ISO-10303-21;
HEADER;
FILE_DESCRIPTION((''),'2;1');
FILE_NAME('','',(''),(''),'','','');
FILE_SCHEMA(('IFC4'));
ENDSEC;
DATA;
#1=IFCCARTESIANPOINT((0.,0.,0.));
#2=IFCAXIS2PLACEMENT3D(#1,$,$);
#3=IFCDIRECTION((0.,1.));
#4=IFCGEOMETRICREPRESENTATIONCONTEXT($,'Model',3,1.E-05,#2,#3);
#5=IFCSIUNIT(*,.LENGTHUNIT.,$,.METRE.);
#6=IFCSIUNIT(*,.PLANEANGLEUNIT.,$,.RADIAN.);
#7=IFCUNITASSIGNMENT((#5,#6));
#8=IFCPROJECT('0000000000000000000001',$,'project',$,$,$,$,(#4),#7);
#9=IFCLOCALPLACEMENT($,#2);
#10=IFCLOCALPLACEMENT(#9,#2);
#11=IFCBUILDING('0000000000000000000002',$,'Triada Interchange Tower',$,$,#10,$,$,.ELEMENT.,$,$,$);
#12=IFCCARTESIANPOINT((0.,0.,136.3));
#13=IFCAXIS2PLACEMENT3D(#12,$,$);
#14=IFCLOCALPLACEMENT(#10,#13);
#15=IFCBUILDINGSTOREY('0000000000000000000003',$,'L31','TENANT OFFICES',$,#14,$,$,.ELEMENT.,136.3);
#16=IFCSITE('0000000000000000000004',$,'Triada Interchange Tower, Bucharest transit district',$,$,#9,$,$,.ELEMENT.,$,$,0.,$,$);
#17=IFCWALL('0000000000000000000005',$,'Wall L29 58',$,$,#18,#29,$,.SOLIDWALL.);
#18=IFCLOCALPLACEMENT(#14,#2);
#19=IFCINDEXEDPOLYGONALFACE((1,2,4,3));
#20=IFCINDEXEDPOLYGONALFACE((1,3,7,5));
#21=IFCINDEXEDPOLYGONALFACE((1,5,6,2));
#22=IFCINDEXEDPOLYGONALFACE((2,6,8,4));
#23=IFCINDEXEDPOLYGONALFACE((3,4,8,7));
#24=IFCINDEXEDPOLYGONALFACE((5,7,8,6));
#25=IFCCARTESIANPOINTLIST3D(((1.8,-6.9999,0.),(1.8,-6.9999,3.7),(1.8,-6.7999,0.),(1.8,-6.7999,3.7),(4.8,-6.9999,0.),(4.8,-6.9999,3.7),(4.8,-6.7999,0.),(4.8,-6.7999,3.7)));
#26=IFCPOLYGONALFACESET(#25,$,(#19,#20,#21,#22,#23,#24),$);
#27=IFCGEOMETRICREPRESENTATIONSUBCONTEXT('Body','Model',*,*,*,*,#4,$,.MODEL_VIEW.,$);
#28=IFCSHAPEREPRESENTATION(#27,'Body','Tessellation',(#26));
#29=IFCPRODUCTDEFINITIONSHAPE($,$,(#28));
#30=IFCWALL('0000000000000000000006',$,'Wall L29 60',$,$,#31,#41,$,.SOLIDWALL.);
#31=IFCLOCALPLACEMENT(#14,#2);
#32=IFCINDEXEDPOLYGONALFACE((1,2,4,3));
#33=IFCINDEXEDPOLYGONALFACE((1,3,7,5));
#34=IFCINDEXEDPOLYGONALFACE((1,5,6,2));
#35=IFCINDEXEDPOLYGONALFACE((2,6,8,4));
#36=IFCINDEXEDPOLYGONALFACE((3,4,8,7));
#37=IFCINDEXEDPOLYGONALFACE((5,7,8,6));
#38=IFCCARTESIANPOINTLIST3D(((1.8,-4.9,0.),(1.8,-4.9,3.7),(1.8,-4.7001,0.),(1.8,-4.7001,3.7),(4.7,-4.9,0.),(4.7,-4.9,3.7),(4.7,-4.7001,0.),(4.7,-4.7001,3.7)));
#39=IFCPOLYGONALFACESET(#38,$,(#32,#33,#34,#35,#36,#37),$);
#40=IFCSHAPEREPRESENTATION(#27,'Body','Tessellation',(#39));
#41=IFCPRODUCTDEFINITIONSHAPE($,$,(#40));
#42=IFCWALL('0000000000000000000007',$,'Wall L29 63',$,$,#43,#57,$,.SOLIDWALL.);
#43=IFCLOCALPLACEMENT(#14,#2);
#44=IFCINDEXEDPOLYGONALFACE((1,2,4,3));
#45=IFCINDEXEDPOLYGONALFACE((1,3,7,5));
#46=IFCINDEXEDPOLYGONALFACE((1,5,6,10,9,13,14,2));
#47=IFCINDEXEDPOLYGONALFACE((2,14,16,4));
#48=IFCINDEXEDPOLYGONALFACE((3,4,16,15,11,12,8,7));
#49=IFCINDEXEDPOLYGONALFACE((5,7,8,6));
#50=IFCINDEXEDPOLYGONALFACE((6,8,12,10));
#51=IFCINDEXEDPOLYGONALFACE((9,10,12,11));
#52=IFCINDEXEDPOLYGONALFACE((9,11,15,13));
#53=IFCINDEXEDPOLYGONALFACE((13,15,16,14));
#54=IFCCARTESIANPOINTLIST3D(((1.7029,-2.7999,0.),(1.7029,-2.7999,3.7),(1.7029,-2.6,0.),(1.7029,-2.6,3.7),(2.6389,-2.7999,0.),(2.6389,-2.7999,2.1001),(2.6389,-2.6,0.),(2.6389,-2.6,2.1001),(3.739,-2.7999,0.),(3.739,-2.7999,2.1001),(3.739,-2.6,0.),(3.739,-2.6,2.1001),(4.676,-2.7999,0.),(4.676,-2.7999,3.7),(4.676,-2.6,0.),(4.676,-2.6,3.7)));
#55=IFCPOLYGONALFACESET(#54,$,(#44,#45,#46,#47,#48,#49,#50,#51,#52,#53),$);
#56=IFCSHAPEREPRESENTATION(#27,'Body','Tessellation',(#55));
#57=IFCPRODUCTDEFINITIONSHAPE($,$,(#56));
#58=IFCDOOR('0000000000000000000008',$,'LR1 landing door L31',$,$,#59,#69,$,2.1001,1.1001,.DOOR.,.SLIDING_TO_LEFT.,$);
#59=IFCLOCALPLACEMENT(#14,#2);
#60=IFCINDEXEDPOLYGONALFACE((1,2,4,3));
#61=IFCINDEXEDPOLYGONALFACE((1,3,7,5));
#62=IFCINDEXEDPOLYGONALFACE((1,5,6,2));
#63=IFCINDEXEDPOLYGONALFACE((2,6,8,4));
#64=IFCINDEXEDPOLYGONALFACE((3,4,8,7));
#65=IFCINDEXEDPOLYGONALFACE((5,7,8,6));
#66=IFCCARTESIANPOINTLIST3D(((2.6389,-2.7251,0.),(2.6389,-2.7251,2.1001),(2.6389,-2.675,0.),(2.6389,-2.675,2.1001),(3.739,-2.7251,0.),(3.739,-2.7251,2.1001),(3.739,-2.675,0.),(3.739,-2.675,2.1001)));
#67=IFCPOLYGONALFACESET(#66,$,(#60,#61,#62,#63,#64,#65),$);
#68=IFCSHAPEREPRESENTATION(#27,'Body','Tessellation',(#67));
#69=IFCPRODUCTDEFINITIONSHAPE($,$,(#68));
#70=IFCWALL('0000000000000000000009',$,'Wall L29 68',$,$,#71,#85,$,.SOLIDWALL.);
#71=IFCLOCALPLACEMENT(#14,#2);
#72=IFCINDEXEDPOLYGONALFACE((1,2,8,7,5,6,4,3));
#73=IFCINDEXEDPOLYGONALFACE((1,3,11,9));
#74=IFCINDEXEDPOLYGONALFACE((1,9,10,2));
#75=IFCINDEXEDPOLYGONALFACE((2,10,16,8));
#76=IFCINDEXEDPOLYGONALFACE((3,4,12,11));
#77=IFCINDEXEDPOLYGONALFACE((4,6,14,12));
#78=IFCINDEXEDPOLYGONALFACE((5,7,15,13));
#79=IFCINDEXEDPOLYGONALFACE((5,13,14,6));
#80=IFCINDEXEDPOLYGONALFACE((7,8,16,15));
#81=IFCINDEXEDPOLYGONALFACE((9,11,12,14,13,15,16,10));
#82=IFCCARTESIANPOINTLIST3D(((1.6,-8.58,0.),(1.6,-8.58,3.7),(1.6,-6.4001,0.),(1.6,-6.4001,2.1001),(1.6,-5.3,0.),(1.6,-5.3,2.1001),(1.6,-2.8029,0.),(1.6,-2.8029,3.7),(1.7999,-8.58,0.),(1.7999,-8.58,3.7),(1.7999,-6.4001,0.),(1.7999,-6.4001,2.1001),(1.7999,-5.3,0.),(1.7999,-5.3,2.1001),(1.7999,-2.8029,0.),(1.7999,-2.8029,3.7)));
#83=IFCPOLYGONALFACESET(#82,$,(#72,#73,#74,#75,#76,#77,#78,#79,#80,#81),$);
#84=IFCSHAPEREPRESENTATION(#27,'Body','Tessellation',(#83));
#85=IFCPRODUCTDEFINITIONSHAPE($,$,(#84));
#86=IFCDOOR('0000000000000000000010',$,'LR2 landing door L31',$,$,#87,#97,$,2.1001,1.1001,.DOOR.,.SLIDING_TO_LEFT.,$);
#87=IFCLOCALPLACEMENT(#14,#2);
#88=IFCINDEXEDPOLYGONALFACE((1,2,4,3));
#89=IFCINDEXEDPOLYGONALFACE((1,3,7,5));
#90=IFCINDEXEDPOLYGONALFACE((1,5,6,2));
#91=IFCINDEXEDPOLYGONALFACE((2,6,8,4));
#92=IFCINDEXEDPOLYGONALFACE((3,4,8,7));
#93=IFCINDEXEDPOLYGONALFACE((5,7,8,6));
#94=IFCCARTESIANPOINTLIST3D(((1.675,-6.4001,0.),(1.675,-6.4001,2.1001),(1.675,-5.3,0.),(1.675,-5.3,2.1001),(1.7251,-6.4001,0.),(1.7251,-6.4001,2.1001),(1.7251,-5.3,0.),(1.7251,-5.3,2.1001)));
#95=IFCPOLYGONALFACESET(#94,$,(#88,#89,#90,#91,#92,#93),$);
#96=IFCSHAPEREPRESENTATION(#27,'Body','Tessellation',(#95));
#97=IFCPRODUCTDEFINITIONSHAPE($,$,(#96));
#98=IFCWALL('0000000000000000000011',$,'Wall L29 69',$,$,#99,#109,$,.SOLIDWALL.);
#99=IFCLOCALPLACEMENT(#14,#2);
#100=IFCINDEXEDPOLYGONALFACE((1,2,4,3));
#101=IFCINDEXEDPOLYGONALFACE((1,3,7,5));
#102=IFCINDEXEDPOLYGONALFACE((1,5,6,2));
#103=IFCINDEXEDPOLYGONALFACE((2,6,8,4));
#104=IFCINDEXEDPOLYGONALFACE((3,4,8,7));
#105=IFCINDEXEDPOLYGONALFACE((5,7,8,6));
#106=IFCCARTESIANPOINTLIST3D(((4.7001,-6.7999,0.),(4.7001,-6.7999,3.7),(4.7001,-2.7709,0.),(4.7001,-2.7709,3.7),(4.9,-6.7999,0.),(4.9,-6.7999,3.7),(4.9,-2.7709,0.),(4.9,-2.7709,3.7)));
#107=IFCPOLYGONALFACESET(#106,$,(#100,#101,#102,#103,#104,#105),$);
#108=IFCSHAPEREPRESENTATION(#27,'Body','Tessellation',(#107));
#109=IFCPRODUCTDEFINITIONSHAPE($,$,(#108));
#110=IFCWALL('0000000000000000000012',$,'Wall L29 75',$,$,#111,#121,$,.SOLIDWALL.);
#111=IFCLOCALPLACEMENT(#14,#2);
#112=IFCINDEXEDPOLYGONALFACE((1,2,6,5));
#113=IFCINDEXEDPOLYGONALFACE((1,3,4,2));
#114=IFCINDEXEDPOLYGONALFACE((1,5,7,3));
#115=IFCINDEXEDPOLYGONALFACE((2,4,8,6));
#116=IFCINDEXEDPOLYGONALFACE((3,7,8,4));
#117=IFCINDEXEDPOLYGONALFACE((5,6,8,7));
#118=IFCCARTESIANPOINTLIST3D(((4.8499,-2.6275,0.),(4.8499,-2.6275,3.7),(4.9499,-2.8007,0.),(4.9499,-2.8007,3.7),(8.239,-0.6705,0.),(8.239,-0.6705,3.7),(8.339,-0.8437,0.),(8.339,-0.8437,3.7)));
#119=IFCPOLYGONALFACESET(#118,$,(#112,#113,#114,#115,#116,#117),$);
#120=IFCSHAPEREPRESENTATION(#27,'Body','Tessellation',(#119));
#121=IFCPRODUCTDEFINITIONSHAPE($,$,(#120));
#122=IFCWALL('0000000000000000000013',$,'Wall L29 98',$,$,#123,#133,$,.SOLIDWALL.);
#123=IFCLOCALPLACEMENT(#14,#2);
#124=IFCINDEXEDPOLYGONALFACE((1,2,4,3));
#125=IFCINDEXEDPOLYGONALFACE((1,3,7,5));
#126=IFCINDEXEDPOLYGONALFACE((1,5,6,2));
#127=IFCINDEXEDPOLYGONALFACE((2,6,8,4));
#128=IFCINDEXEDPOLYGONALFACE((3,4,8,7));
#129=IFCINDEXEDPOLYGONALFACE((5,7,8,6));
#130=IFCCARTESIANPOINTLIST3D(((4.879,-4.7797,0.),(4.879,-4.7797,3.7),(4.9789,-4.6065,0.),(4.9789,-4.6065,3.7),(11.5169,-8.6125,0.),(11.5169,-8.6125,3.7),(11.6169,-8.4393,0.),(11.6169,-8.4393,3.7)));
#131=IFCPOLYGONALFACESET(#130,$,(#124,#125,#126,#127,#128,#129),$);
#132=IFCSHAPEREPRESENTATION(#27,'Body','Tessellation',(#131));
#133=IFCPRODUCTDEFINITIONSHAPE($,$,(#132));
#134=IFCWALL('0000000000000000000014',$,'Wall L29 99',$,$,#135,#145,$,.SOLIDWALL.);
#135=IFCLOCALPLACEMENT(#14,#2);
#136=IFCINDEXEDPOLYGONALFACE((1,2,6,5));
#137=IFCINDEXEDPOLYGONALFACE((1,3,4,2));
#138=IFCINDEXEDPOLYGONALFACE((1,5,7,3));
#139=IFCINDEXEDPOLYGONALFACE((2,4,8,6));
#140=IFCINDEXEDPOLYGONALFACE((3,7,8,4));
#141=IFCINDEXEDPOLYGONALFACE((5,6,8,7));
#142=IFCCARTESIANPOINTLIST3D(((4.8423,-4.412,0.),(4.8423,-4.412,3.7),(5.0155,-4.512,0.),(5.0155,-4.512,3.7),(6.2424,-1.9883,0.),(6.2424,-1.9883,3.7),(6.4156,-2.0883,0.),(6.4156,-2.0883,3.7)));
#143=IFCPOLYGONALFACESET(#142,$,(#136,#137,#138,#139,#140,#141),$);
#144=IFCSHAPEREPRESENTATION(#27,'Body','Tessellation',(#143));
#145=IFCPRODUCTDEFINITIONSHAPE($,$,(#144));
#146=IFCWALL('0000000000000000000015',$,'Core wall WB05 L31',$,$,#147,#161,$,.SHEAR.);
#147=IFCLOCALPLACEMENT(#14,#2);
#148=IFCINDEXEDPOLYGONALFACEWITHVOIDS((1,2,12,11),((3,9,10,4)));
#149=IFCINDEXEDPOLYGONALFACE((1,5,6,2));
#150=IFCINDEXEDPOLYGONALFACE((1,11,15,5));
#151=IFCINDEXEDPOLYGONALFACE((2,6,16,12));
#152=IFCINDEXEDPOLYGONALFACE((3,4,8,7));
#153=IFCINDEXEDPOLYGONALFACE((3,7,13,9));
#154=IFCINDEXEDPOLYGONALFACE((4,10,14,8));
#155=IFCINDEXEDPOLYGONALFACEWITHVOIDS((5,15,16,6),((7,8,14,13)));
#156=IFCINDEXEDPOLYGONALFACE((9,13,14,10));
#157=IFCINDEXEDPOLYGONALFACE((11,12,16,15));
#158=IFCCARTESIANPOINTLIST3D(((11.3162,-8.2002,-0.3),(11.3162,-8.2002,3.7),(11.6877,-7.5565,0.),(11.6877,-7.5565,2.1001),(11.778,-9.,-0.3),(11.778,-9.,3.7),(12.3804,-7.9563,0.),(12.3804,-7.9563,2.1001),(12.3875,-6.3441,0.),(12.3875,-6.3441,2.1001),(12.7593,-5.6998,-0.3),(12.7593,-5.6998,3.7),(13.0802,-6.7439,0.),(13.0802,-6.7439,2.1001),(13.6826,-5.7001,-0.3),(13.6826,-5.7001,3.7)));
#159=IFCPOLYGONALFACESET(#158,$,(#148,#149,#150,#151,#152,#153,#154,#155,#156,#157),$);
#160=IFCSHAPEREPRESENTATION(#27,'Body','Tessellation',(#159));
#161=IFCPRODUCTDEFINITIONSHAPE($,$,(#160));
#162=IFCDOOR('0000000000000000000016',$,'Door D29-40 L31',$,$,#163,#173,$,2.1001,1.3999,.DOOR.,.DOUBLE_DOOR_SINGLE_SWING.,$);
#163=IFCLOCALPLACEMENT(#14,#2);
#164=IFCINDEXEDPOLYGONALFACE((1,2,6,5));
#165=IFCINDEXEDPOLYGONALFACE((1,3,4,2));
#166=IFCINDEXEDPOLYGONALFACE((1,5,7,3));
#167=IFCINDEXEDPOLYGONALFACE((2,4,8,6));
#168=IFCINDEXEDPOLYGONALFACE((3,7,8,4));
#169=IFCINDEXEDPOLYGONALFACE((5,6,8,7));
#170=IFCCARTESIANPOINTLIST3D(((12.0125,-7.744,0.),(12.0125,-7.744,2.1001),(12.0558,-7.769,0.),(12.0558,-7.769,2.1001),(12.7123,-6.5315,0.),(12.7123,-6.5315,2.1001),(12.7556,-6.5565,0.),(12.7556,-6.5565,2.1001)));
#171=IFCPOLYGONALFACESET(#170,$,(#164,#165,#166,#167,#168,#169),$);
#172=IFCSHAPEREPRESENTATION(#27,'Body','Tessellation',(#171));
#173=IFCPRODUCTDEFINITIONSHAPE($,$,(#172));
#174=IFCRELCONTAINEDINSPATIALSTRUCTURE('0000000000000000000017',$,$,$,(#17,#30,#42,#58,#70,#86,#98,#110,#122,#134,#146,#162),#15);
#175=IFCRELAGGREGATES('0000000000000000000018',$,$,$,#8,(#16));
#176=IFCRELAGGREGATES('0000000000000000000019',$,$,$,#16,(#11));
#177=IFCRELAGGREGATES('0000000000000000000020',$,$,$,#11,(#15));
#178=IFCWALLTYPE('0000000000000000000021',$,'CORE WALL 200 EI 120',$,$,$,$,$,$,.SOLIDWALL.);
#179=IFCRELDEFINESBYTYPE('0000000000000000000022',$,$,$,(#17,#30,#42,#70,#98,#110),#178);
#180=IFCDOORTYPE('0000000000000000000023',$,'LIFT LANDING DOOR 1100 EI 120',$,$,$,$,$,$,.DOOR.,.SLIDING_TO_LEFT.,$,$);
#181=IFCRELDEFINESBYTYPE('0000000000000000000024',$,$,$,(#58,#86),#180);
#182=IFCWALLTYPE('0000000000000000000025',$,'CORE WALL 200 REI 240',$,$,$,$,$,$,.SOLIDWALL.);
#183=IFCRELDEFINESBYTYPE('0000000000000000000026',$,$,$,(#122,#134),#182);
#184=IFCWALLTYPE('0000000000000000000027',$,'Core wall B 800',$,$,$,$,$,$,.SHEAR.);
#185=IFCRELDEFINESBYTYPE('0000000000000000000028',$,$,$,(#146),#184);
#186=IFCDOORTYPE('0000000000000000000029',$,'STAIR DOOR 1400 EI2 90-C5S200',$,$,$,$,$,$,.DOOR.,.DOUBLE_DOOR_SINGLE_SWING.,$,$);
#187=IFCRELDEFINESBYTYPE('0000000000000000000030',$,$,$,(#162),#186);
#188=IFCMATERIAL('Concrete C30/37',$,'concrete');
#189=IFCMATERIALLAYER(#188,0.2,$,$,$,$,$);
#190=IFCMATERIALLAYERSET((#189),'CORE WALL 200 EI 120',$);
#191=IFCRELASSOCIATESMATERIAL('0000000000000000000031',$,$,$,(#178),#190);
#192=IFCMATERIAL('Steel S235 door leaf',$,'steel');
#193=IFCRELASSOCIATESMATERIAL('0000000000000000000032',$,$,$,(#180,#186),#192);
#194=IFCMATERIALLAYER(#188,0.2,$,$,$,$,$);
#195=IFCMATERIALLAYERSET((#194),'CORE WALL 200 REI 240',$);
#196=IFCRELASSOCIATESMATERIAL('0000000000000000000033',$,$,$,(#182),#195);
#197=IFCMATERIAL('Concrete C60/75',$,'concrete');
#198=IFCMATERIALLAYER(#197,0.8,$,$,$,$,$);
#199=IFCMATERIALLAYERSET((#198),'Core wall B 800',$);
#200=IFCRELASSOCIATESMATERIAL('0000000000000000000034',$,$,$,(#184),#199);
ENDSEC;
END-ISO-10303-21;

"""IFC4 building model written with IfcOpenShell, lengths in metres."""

from ifc_helpers import new_model, si_unit, direction, frame, frame_2d, origin, place, context, subcontext, project, spatial, polyline, rectangle, outline, extrude, material, layer, layer_set, type_object, element, fill, save


model = new_model("IFC4")

# Units and contexts
model_context = context("Model", 3, precision=1e-05, world=origin(), true_north=direction((0.0, 1.0)))
body_context = subcontext(model_context, "Body", "Model", "MODEL_VIEW")
ifc_project = project(units=[si_unit("LENGTHUNIT", "METRE"), si_unit("PLANEANGLEUNIT", "RADIAN")], contexts=[model_context])

# Site, building, storey
site_placement = place(None, origin())
site = spatial("IfcSite", under=ifc_project, at=site_placement, Name="Triada Interchange Tower, Bucharest transit district", CompositionType="ELEMENT", RefElevation=0.0)
building_placement = place(site_placement, origin())
building = spatial("IfcBuilding", under=site, at=building_placement, Name="Triada Interchange Tower", CompositionType="ELEMENT")
storey_placement = place(building_placement, frame((0.0, 0.0, 136.3)))
storey = spatial("IfcBuildingStorey", under=building, at=storey_placement, Name="L31", Description="TENANT OFFICES", CompositionType="ELEMENT", Elevation=136.3)

# Walls
ifc_material_1 = material(Name="Concrete C30/37", Category="concrete")
ifc_layer_1 = layer(ifc_material_1, 0.2)
ifc_layer_set_1 = layer_set([ifc_layer_1], Name="CORE WALL 200 EI 120")
wall_type_1 = type_object("IfcWallType", Name="CORE WALL 200 EI 120", PredefinedType="SOLIDWALL", material=ifc_layer_set_1)
wall_1_placement = place(storey_placement, frame((1.8, -6.8999, 0.0), z_axis=(0.0, 0.0, 1.0), x_axis=(1.0, 0.0, 0.0)))
element("IfcWall", 1, at=wall_1_placement, inside=storey, type_object=wall_type_1, Name="Wall L29 58", PredefinedType="SOLIDWALL", context=body_context, shape_type="SweptSolid", body=[
    extrude(rectangle(XDim=3.0, YDim=0.2, at=frame_2d((1.5, 0.0))), origin(), (0.0, 0.0, 1.0), 3.7),
])
wall_2_placement = place(storey_placement, frame((1.8, -4.8, 0.0), z_axis=(0.0, 0.0, 1.0), x_axis=(1.0, 0.0, 0.0)))
element("IfcWall", 2, at=wall_2_placement, inside=storey, type_object=wall_type_1, Name="Wall L29 60", PredefinedType="SOLIDWALL", context=body_context, shape_type="SweptSolid", body=[
    extrude(rectangle(XDim=2.8999, YDim=0.2, at=frame_2d((1.45, 0.0))), origin(), (0.0, 0.0, 1.0), 3.7),
])

# Walls, openings, doors
wall_3_placement = place(storey_placement, frame((1.7029, -2.7, 0.0), z_axis=(0.0, 0.0, 1.0), x_axis=(1.0, 0.0, 0.0)))
wall_3 = element("IfcWall", 3, at=wall_3_placement, inside=storey, type_object=wall_type_1, Name="Wall L29 63", PredefinedType="SOLIDWALL", context=body_context, shape_type="SweptSolid", body=[
    extrude(rectangle(XDim=2.9731, YDim=0.2, at=frame_2d((1.4866, 0.0))), origin(), (0.0, 0.0, 1.0), 3.7),
])
opening_1_placement = place(wall_3_placement, frame((0.936, 0.0, 0.0)))
opening_1 = element("IfcOpeningElement", 4, at=opening_1_placement, cuts=wall_3, PredefinedType="OPENING", context=body_context, shape_type="SweptSolid", body=[
    extrude(rectangle(XDim=1.1001, YDim=2.1001, at=frame_2d((0.55, 1.05))), frame((0.0, 0.1099, 0.0), z_axis=(0.0, -1.0, 0.0), x_axis=(1.0, 0.0, 0.0)), (0.0, 0.0, 1.0), 0.22),
])
ifc_material_2 = material(Name="Steel S235 door leaf", Category="steel")
door_type_1 = type_object("IfcDoorType", Name="LIFT LANDING DOOR 1100 EI 120", OperationType="SLIDING_TO_LEFT", PredefinedType="DOOR", material=ifc_material_2)
door_1_placement = place(opening_1_placement, origin())
door_1 = element("IfcDoor", 5, at=door_1_placement, inside=storey, type_object=door_type_1, Name="LR1 landing door L31", OperationType="SLIDING_TO_LEFT", OverallHeight=2.1001, OverallWidth=1.1001, PredefinedType="DOOR", context=body_context, shape_type="SweptSolid", body=[
    extrude(rectangle(XDim=1.1001, YDim=2.1001, at=frame_2d((0.55, 1.05))), frame((0.0, 0.0249, 0.0), z_axis=(0.0, -1.0, 0.0), x_axis=(1.0, 0.0, 0.0)), (0.0, 0.0, 1.0), 0.05),
])
fill(opening_1, door_1)
wall_4_placement = place(storey_placement, frame((1.7, -8.5801, 0.0), z_axis=(0.0, 0.0, 1.0), x_axis=(0.0, 1.0, 0.0)))
wall_4 = element("IfcWall", 6, at=wall_4_placement, inside=storey, type_object=wall_type_1, Name="Wall L29 68", PredefinedType="SOLIDWALL", context=body_context, shape_type="SweptSolid", body=[
    extrude(rectangle(XDim=5.7771, YDim=0.2, at=frame_2d((2.8887, 0.0))), origin(), (0.0, 0.0, 1.0), 3.7),
])
opening_2_placement = place(wall_4_placement, frame((2.1799, 0.0, 0.0)))
opening_2 = element("IfcOpeningElement", 7, at=opening_2_placement, cuts=wall_4, PredefinedType="OPENING", context=body_context, shape_type="SweptSolid", body=[
    extrude(rectangle(XDim=1.1001, YDim=2.1001, at=frame_2d((0.55, 1.05))), frame((0.0, 0.1099, 0.0), z_axis=(0.0, -1.0, 0.0), x_axis=(1.0, 0.0, 0.0)), (0.0, 0.0, 1.0), 0.22),
])
door_2_placement = place(opening_2_placement, origin())
door_2 = element("IfcDoor", 8, at=door_2_placement, inside=storey, type_object=door_type_1, Name="LR2 landing door L31", OperationType="SLIDING_TO_LEFT", OverallHeight=2.1001, OverallWidth=1.1001, PredefinedType="DOOR", context=body_context, shape_type="SweptSolid", body=[
    extrude(rectangle(XDim=1.1001, YDim=2.1001, at=frame_2d((0.55, 1.05))), frame((0.0, 0.0249, 0.0), z_axis=(0.0, -1.0, 0.0), x_axis=(1.0, 0.0, 0.0)), (0.0, 0.0, 1.0), 0.05),
])
fill(opening_2, door_2)

# Walls
wall_5_placement = place(storey_placement, frame((4.8, -6.8, 0.0), z_axis=(0.0, 0.0, 1.0), x_axis=(0.0, 1.0, 0.0)))
element("IfcWall", 9, at=wall_5_placement, inside=storey, type_object=wall_type_1, Name="Wall L29 69", PredefinedType="SOLIDWALL", context=body_context, shape_type="SweptSolid", body=[
    extrude(rectangle(XDim=4.0291, YDim=0.2, at=frame_2d((2.0146, 0.0))), origin(), (0.0, 0.0, 1.0), 3.7),
])
wall_6_placement = place(storey_placement, frame((4.8999, -2.7141, 0.0), z_axis=(0.0, 0.0, 1.0), x_axis=(0.865992, 0.500057, 0.0)))
element("IfcWall", 10, at=wall_6_placement, inside=storey, type_object=wall_type_1, Name="Wall L29 75", PredefinedType="SOLIDWALL", context=body_context, shape_type="SweptSolid", body=[
    extrude(rectangle(XDim=3.9136, YDim=0.2, at=frame_2d((1.9568, 0.0))), origin(), (0.0, 0.0, 1.0), 3.7),
])
ifc_layer_2 = layer(ifc_material_1, 0.2)
ifc_layer_set_2 = layer_set([ifc_layer_2], Name="CORE WALL 200 REI 240")
wall_type_2 = type_object("IfcWallType", Name="CORE WALL 200 REI 240", PredefinedType="SOLIDWALL", material=ifc_layer_set_2)
wall_7_placement = place(storey_placement, frame((4.929, -4.6931, 0.0), z_axis=(0.0, 0.0, 1.0), x_axis=(0.866006, -0.500034, 0.0)))
element("IfcWall", 11, at=wall_7_placement, inside=storey, type_object=wall_type_2, Name="Wall L29 98", PredefinedType="SOLIDWALL", context=body_context, shape_type="SweptSolid", body=[
    extrude(rectangle(XDim=7.665, YDim=0.2, at=frame_2d((3.8325, 0.0))), origin(), (0.0, 0.0, 1.0), 3.7),
])
wall_8_placement = place(storey_placement, frame((4.929, -4.4619, 0.0), z_axis=(0.0, 0.0, 1.0), x_axis=(0.500201, 0.86591, 0.0)))
element("IfcWall", 12, at=wall_8_placement, inside=storey, type_object=wall_type_2, Name="Wall L29 99", PredefinedType="SOLIDWALL", context=body_context, shape_type="SweptSolid", body=[
    extrude(rectangle(XDim=2.7991, YDim=0.2, at=frame_2d((1.3994, 0.0))), origin(), (0.0, 0.0, 1.0), 3.7),
])

# Wall, opening, door
ifc_material_3 = material(Name="Concrete C60/75", Category="concrete")
ifc_layer_3 = layer(ifc_material_3, 0.8)
ifc_layer_set_3 = layer_set([ifc_layer_3], Name="Core wall B 800")
wall_type_3 = type_object("IfcWallType", Name="Core wall B 800", PredefinedType="SHEAR", material=ifc_layer_set_3)
wall_9_placement = place(storey_placement, frame((11.5471, -8.6001, -0.3), z_axis=(0.0, 0.0, 1.0), x_axis=(0.499872, 0.866099, 0.0)))
wall_9 = element("IfcWall", 13, at=wall_9_placement, inside=storey, type_object=wall_type_3, Name="Core wall WB05 L31", PredefinedType="SHEAR", context=body_context, shape_type="SweptSolid", body=[
    extrude(outline(polyline([(-0.231, -0.3999), (1.6741, -0.3999), (3.5791, -0.3999), (3.1179, 0.3999), (1.6743, 0.3999), (0.231, 0.3999), (-0.231, -0.3999)])), origin(), (0.0, 0.0, 1.0), 4.0),
])
opening_3_placement = place(wall_9_placement, frame((0.9741, 0.0, 0.3)))
opening_3 = element("IfcOpeningElement", 14, at=opening_3_placement, cuts=wall_9, PredefinedType="OPENING", context=body_context, shape_type="SweptSolid", body=[
    extrude(rectangle(XDim=1.3999, YDim=2.1001, at=frame_2d((0.7, 1.05))), frame((0.0, 0.4099, 0.0), z_axis=(0.0, -1.0, 0.0), x_axis=(1.0, 0.0, 0.0)), (0.0, 0.0, 1.0), 0.8201),
])
door_type_2 = type_object("IfcDoorType", Name="STAIR DOOR 1400 EI2 90-C5S200", OperationType="DOUBLE_DOOR_SINGLE_SWING", PredefinedType="DOOR", material=ifc_material_2)
door_3_placement = place(opening_3_placement, origin())
door_3 = element("IfcDoor", 15, at=door_3_placement, inside=storey, type_object=door_type_2, Name="Door D29-40 L31", OperationType="DOUBLE_DOOR_SINGLE_SWING", OverallHeight=2.1001, OverallWidth=1.3999, PredefinedType="DOOR", context=body_context, shape_type="SweptSolid", body=[
    extrude(rectangle(XDim=1.3999, YDim=2.1001, at=frame_2d((0.7, 1.05))), frame((0.0, 0.0249, 0.0), z_axis=(0.0, -1.0, 0.0), x_axis=(1.0, 0.0, 0.0)), (0.0, 0.0, 1.0), 0.05),
])
fill(opening_3, door_3)

save(model, "model.ifc")
